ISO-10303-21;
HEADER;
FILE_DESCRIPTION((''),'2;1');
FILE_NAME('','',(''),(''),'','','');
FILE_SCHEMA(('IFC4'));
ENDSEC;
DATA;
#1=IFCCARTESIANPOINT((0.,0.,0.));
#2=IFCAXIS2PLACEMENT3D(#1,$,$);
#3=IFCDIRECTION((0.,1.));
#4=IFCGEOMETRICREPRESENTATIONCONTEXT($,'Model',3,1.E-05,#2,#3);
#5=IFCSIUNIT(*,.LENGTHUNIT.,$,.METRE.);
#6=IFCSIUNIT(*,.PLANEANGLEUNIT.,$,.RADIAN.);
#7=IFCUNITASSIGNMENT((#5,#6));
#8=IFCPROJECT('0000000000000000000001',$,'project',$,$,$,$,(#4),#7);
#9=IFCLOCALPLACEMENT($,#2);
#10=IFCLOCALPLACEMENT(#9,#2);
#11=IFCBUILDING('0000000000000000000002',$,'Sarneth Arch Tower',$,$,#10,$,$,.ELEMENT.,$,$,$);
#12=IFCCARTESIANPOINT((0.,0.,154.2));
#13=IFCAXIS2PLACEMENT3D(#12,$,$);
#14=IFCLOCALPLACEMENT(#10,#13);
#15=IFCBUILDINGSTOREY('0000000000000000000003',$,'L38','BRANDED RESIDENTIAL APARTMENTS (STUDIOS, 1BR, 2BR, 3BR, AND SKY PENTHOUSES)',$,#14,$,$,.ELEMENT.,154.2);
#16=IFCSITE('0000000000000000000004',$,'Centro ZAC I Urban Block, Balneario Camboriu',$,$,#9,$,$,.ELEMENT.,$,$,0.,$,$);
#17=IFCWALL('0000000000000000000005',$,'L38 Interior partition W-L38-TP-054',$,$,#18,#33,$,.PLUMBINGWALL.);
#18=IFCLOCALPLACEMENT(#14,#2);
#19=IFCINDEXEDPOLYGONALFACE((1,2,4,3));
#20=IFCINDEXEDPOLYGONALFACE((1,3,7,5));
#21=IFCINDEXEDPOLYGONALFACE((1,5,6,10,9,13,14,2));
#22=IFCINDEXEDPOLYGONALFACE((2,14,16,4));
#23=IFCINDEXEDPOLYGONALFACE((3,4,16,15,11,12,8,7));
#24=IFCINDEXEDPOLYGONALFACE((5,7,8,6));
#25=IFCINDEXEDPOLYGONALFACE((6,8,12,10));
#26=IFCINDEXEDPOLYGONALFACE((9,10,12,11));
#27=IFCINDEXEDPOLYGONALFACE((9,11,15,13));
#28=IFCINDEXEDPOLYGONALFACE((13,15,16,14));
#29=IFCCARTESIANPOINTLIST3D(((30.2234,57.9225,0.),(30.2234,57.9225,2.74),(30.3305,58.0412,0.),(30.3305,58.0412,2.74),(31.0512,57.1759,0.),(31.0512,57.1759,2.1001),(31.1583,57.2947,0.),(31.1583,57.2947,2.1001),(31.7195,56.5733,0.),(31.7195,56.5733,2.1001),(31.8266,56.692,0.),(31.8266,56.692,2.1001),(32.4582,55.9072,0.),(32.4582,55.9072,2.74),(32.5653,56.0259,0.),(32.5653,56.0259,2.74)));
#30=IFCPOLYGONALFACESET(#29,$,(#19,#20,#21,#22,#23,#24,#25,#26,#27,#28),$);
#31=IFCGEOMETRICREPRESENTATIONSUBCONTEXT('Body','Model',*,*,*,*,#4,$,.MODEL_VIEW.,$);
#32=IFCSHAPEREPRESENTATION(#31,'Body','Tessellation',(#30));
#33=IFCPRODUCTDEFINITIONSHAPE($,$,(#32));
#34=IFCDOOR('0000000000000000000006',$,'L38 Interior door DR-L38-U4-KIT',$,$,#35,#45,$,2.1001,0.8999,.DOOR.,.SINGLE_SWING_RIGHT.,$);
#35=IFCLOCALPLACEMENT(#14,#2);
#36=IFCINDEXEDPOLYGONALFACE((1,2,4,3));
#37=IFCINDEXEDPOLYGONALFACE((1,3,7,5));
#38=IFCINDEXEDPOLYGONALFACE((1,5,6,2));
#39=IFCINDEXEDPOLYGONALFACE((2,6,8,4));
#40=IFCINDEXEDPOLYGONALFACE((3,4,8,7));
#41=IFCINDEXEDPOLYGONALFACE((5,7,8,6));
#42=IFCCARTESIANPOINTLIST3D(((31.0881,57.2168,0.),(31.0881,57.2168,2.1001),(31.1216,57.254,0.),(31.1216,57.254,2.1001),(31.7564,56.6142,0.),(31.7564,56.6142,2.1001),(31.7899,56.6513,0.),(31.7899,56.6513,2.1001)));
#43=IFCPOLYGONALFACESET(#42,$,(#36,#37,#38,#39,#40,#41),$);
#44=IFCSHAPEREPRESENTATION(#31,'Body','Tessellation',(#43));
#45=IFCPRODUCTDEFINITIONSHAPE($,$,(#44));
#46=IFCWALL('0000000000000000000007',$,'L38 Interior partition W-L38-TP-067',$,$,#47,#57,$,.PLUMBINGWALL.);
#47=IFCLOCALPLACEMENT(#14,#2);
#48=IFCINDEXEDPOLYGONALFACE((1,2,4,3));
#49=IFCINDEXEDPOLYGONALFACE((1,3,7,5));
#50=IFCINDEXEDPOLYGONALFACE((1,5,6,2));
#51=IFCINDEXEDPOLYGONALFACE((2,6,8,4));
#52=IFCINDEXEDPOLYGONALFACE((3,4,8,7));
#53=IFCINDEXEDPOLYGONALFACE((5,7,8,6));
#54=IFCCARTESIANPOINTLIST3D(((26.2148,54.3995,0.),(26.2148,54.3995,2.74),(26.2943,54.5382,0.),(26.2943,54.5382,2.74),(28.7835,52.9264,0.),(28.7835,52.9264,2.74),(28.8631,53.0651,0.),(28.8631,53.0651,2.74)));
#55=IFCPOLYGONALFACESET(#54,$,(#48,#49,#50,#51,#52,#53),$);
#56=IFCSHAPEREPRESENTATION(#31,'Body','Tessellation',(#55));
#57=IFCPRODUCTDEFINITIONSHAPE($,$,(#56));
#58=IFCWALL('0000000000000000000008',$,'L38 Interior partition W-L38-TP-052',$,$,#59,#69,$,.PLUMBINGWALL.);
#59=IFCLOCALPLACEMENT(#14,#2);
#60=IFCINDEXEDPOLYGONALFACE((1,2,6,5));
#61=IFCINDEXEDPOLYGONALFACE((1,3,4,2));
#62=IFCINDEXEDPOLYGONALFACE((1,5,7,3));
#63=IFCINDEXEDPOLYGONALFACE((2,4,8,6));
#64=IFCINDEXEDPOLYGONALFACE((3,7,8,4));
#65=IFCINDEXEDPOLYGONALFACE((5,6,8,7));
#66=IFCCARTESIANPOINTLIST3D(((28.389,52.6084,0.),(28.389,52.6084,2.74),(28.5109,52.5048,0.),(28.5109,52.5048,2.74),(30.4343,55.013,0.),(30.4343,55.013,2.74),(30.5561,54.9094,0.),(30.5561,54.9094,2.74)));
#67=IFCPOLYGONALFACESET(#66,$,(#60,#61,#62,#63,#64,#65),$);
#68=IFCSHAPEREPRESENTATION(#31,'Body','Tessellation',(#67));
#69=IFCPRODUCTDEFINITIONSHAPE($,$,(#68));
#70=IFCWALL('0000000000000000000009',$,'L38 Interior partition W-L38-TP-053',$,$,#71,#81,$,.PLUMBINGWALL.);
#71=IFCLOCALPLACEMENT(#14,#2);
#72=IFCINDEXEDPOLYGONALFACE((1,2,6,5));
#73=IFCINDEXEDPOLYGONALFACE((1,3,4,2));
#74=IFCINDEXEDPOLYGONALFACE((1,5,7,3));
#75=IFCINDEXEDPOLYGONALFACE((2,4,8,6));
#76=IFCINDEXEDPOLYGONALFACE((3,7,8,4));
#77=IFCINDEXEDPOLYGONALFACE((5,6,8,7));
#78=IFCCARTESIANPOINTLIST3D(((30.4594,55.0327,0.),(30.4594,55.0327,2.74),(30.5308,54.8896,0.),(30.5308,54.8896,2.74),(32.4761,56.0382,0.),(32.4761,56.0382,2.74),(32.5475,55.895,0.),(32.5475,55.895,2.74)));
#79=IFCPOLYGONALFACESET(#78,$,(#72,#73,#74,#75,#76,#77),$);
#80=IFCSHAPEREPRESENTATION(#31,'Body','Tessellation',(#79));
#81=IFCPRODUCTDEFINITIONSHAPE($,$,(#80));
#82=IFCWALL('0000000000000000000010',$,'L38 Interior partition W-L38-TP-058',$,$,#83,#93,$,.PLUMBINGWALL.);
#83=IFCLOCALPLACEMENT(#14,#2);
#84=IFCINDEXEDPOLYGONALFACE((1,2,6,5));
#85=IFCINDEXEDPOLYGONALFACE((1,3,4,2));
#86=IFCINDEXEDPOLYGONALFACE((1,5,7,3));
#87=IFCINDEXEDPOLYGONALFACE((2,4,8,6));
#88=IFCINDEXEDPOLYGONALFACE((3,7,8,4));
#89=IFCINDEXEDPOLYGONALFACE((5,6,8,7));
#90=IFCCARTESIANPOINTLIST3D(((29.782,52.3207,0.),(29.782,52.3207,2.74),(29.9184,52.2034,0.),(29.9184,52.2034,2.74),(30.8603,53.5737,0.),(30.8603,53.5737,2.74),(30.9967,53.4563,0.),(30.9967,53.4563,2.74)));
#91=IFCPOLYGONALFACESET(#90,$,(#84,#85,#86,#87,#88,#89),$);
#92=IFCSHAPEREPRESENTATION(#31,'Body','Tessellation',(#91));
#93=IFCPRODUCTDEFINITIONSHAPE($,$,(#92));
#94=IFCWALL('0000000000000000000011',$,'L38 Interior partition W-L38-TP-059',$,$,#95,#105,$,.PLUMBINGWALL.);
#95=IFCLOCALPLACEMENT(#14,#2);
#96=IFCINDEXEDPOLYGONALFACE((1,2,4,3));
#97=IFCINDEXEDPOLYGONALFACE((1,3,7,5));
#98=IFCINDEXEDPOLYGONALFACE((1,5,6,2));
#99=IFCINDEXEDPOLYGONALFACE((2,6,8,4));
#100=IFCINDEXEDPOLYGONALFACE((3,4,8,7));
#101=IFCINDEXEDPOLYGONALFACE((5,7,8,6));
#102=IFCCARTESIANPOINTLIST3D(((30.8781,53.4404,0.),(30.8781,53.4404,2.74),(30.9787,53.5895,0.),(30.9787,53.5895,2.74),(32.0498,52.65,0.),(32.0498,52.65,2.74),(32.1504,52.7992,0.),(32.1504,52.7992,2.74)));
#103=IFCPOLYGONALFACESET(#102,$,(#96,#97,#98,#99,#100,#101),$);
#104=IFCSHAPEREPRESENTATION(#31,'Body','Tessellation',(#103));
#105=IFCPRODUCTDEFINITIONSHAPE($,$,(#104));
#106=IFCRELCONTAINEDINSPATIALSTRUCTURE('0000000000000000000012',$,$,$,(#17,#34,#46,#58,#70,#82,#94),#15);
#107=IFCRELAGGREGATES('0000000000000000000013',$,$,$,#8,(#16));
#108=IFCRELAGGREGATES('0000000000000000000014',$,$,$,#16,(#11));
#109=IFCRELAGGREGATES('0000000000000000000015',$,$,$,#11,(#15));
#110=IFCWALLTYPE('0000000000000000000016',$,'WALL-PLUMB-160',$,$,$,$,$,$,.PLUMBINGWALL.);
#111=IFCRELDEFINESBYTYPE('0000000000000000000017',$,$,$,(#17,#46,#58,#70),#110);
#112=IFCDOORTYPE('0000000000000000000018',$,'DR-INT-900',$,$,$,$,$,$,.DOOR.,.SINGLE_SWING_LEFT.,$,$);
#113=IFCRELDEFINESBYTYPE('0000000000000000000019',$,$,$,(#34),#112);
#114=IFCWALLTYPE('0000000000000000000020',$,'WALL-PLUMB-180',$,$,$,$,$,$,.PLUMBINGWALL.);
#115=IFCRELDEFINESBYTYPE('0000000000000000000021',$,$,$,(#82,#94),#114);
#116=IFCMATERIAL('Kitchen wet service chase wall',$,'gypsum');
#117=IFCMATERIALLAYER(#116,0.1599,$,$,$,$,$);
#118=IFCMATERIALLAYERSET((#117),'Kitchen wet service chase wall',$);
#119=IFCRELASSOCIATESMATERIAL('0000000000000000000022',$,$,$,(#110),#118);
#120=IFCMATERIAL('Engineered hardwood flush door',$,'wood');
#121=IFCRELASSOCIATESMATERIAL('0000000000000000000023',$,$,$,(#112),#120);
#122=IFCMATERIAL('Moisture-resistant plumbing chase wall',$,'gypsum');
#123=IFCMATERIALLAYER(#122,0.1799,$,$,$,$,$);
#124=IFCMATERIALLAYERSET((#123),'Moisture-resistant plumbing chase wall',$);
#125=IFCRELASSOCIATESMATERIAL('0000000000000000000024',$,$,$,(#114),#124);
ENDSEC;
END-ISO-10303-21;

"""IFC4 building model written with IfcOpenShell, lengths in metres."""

from ifc_helpers import new_model, si_unit, direction, frame, frame_2d, origin, place, context, subcontext, project, spatial, rectangle, extrude, material, layer, layer_set, type_object, element, fill, save


model = new_model("IFC4")

# Units and contexts
model_context = context("Model", 3, precision=1e-05, world=origin(), true_north=direction((0.0, 1.0)))
body_context = subcontext(model_context, "Body", "Model", "MODEL_VIEW")
ifc_project = project(units=[si_unit("LENGTHUNIT", "METRE"), si_unit("PLANEANGLEUNIT", "RADIAN")], contexts=[model_context])

# Site, building, storey
site_placement = place(None, origin())
site = spatial("IfcSite", under=ifc_project, at=site_placement, Name="Centro ZAC I Urban Block, Balneario Camboriu", CompositionType="ELEMENT", RefElevation=0.0)
building_placement = place(site_placement, origin())
building = spatial("IfcBuilding", under=site, at=building_placement, Name="Sarneth Arch Tower", CompositionType="ELEMENT")
storey_placement = place(building_placement, frame((0.0, 0.0, 154.2)))
storey = spatial("IfcBuildingStorey", under=building, at=storey_placement, Name="L38", Description="BRANDED RESIDENTIAL APARTMENTS (STUDIOS, 1BR, 2BR, 3BR, AND SKY PENTHOUSES)", CompositionType="ELEMENT", Elevation=154.2)

# Wall, opening, door
ifc_material_1 = material(Name="Kitchen wet service chase wall", Category="gypsum")
ifc_layer_1 = layer(ifc_material_1, 0.1599)
ifc_layer_set_1 = layer_set([ifc_layer_1], Name="Kitchen wet service chase wall")
wall_type_1 = type_object("IfcWallType", Name="WALL-PLUMB-160", PredefinedType="PLUMBINGWALL", material=ifc_layer_set_1)
wall_1_placement = place(storey_placement, frame((32.5117, 55.9666, 0.0), z_axis=(0.0, 0.0, 1.0), x_axis=(-0.742632, 0.669699, 0.0)))
wall_1 = element("IfcWall", 1, at=wall_1_placement, inside=storey, type_object=wall_type_1, Name="L38 Interior partition W-L38-TP-054", PredefinedType="PLUMBINGWALL", context=body_context, shape_type="SweptSolid", body=[
    extrude(rectangle(XDim=3.0093, YDim=0.1599, at=frame_2d((1.5046, 0.0))), origin(), (0.0, 0.0, 1.0), 2.74),
])
opening_1_placement = place(wall_1_placement, frame((0.9946, 0.0, 0.0)))
opening_1 = element("IfcOpeningElement", 2, at=opening_1_placement, cuts=wall_1, PredefinedType="OPENING", context=body_context, shape_type="SweptSolid", body=[
    extrude(rectangle(XDim=0.8999, YDim=2.1001, at=frame_2d((0.45, 1.05))), frame((0.0, 0.0898, 0.0), z_axis=(0.0, -1.0, 0.0), x_axis=(1.0, 0.0, 0.0)), (0.0, 0.0, 1.0), 0.1799),
])
ifc_material_2 = material(Name="Engineered hardwood flush door", Category="wood")
door_type_1 = type_object("IfcDoorType", Name="DR-INT-900", OperationType="SINGLE_SWING_LEFT", PredefinedType="DOOR", material=ifc_material_2)
door_1_placement = place(opening_1_placement, origin())
door_1 = element("IfcDoor", 3, at=door_1_placement, inside=storey, type_object=door_type_1, Name="L38 Interior door DR-L38-U4-KIT", OperationType="SINGLE_SWING_RIGHT", OverallHeight=2.1001, OverallWidth=0.8999, PredefinedType="DOOR", context=body_context, shape_type="SweptSolid", body=[
    extrude(rectangle(XDim=0.8999, YDim=2.1001, at=frame_2d((0.45, 1.05))), frame((0.0, 0.0249, 0.0), z_axis=(0.0, -1.0, 0.0), x_axis=(1.0, 0.0, 0.0)), (0.0, 0.0, 1.0), 0.05),
])
fill(opening_1, door_1)

# Walls
wall_2_placement = place(storey_placement, frame((26.2546, 54.4688, 0.0), z_axis=(0.0, 0.0, 1.0), x_axis=(0.867481, -0.49747, 0.0)))
element("IfcWall", 4, at=wall_2_placement, inside=storey, type_object=wall_type_1, Name="L38 Interior partition W-L38-TP-067", PredefinedType="PLUMBINGWALL", context=body_context, shape_type="SweptSolid", body=[
    extrude(rectangle(XDim=2.9612, YDim=0.1599, at=frame_2d((1.4805, 0.0))), origin(), (0.0, 0.0, 1.0), 2.74),
])
wall_3_placement = place(storey_placement, frame((28.45, 52.5566, 0.0), z_axis=(0.0, 0.0, 1.0), x_axis=(0.647889, 0.761735, 0.0)))
element("IfcWall", 5, at=wall_3_placement, inside=storey, type_object=wall_type_1, Name="L38 Interior partition W-L38-TP-052", PredefinedType="PLUMBINGWALL", context=body_context, shape_type="SweptSolid", body=[
    extrude(rectangle(XDim=3.1567, YDim=0.1599, at=frame_2d((1.5784, 0.0))), origin(), (0.0, 0.0, 1.0), 2.74),
])
wall_4_placement = place(storey_placement, frame((30.4951, 54.9612, 0.0), z_axis=(0.0, 0.0, 1.0), x_axis=(0.894947, 0.446173, 0.0)))
element("IfcWall", 6, at=wall_4_placement, inside=storey, type_object=wall_type_1, Name="L38 Interior partition W-L38-TP-053", PredefinedType="PLUMBINGWALL", context=body_context, shape_type="SweptSolid", body=[
    extrude(rectangle(XDim=2.2534, YDim=0.1599, at=frame_2d((1.1267, 0.0))), origin(), (0.0, 0.0, 1.0), 2.74),
])
ifc_material_3 = material(Name="Moisture-resistant plumbing chase wall", Category="gypsum")
ifc_layer_2 = layer(ifc_material_3, 0.1799)
ifc_layer_set_2 = layer_set([ifc_layer_2], Name="Moisture-resistant plumbing chase wall")
wall_type_2 = type_object("IfcWallType", Name="WALL-PLUMB-180", PredefinedType="PLUMBINGWALL", material=ifc_layer_set_2)
wall_5_placement = place(storey_placement, frame((29.8501, 52.262, 0.0), z_axis=(0.0, 0.0, 1.0), x_axis=(0.652335, 0.757931, 0.0)))
element("IfcWall", 7, at=wall_5_placement, inside=storey, type_object=wall_type_2, Name="L38 Interior partition W-L38-TP-058", PredefinedType="PLUMBINGWALL", context=body_context, shape_type="SweptSolid", body=[
    extrude(rectangle(XDim=1.6531, YDim=0.1799, at=frame_2d((0.8267, 0.0))), origin(), (0.0, 0.0, 1.0), 2.74),
])
wall_6_placement = place(storey_placement, frame((30.9285, 53.5149, 0.0), z_axis=(0.0, 0.0, 1.0), x_axis=(0.829035, -0.559197, 0.0)))
element("IfcWall", 8, at=wall_6_placement, inside=storey, type_object=wall_type_2, Name="L38 Interior partition W-L38-TP-059", PredefinedType="PLUMBINGWALL", context=body_context, shape_type="SweptSolid", body=[
    extrude(rectangle(XDim=1.4133, YDim=0.1799, at=frame_2d((0.7065, 0.0))), origin(), (0.0, 0.0, 1.0), 2.74),
])

save(model, "model.ifc")
